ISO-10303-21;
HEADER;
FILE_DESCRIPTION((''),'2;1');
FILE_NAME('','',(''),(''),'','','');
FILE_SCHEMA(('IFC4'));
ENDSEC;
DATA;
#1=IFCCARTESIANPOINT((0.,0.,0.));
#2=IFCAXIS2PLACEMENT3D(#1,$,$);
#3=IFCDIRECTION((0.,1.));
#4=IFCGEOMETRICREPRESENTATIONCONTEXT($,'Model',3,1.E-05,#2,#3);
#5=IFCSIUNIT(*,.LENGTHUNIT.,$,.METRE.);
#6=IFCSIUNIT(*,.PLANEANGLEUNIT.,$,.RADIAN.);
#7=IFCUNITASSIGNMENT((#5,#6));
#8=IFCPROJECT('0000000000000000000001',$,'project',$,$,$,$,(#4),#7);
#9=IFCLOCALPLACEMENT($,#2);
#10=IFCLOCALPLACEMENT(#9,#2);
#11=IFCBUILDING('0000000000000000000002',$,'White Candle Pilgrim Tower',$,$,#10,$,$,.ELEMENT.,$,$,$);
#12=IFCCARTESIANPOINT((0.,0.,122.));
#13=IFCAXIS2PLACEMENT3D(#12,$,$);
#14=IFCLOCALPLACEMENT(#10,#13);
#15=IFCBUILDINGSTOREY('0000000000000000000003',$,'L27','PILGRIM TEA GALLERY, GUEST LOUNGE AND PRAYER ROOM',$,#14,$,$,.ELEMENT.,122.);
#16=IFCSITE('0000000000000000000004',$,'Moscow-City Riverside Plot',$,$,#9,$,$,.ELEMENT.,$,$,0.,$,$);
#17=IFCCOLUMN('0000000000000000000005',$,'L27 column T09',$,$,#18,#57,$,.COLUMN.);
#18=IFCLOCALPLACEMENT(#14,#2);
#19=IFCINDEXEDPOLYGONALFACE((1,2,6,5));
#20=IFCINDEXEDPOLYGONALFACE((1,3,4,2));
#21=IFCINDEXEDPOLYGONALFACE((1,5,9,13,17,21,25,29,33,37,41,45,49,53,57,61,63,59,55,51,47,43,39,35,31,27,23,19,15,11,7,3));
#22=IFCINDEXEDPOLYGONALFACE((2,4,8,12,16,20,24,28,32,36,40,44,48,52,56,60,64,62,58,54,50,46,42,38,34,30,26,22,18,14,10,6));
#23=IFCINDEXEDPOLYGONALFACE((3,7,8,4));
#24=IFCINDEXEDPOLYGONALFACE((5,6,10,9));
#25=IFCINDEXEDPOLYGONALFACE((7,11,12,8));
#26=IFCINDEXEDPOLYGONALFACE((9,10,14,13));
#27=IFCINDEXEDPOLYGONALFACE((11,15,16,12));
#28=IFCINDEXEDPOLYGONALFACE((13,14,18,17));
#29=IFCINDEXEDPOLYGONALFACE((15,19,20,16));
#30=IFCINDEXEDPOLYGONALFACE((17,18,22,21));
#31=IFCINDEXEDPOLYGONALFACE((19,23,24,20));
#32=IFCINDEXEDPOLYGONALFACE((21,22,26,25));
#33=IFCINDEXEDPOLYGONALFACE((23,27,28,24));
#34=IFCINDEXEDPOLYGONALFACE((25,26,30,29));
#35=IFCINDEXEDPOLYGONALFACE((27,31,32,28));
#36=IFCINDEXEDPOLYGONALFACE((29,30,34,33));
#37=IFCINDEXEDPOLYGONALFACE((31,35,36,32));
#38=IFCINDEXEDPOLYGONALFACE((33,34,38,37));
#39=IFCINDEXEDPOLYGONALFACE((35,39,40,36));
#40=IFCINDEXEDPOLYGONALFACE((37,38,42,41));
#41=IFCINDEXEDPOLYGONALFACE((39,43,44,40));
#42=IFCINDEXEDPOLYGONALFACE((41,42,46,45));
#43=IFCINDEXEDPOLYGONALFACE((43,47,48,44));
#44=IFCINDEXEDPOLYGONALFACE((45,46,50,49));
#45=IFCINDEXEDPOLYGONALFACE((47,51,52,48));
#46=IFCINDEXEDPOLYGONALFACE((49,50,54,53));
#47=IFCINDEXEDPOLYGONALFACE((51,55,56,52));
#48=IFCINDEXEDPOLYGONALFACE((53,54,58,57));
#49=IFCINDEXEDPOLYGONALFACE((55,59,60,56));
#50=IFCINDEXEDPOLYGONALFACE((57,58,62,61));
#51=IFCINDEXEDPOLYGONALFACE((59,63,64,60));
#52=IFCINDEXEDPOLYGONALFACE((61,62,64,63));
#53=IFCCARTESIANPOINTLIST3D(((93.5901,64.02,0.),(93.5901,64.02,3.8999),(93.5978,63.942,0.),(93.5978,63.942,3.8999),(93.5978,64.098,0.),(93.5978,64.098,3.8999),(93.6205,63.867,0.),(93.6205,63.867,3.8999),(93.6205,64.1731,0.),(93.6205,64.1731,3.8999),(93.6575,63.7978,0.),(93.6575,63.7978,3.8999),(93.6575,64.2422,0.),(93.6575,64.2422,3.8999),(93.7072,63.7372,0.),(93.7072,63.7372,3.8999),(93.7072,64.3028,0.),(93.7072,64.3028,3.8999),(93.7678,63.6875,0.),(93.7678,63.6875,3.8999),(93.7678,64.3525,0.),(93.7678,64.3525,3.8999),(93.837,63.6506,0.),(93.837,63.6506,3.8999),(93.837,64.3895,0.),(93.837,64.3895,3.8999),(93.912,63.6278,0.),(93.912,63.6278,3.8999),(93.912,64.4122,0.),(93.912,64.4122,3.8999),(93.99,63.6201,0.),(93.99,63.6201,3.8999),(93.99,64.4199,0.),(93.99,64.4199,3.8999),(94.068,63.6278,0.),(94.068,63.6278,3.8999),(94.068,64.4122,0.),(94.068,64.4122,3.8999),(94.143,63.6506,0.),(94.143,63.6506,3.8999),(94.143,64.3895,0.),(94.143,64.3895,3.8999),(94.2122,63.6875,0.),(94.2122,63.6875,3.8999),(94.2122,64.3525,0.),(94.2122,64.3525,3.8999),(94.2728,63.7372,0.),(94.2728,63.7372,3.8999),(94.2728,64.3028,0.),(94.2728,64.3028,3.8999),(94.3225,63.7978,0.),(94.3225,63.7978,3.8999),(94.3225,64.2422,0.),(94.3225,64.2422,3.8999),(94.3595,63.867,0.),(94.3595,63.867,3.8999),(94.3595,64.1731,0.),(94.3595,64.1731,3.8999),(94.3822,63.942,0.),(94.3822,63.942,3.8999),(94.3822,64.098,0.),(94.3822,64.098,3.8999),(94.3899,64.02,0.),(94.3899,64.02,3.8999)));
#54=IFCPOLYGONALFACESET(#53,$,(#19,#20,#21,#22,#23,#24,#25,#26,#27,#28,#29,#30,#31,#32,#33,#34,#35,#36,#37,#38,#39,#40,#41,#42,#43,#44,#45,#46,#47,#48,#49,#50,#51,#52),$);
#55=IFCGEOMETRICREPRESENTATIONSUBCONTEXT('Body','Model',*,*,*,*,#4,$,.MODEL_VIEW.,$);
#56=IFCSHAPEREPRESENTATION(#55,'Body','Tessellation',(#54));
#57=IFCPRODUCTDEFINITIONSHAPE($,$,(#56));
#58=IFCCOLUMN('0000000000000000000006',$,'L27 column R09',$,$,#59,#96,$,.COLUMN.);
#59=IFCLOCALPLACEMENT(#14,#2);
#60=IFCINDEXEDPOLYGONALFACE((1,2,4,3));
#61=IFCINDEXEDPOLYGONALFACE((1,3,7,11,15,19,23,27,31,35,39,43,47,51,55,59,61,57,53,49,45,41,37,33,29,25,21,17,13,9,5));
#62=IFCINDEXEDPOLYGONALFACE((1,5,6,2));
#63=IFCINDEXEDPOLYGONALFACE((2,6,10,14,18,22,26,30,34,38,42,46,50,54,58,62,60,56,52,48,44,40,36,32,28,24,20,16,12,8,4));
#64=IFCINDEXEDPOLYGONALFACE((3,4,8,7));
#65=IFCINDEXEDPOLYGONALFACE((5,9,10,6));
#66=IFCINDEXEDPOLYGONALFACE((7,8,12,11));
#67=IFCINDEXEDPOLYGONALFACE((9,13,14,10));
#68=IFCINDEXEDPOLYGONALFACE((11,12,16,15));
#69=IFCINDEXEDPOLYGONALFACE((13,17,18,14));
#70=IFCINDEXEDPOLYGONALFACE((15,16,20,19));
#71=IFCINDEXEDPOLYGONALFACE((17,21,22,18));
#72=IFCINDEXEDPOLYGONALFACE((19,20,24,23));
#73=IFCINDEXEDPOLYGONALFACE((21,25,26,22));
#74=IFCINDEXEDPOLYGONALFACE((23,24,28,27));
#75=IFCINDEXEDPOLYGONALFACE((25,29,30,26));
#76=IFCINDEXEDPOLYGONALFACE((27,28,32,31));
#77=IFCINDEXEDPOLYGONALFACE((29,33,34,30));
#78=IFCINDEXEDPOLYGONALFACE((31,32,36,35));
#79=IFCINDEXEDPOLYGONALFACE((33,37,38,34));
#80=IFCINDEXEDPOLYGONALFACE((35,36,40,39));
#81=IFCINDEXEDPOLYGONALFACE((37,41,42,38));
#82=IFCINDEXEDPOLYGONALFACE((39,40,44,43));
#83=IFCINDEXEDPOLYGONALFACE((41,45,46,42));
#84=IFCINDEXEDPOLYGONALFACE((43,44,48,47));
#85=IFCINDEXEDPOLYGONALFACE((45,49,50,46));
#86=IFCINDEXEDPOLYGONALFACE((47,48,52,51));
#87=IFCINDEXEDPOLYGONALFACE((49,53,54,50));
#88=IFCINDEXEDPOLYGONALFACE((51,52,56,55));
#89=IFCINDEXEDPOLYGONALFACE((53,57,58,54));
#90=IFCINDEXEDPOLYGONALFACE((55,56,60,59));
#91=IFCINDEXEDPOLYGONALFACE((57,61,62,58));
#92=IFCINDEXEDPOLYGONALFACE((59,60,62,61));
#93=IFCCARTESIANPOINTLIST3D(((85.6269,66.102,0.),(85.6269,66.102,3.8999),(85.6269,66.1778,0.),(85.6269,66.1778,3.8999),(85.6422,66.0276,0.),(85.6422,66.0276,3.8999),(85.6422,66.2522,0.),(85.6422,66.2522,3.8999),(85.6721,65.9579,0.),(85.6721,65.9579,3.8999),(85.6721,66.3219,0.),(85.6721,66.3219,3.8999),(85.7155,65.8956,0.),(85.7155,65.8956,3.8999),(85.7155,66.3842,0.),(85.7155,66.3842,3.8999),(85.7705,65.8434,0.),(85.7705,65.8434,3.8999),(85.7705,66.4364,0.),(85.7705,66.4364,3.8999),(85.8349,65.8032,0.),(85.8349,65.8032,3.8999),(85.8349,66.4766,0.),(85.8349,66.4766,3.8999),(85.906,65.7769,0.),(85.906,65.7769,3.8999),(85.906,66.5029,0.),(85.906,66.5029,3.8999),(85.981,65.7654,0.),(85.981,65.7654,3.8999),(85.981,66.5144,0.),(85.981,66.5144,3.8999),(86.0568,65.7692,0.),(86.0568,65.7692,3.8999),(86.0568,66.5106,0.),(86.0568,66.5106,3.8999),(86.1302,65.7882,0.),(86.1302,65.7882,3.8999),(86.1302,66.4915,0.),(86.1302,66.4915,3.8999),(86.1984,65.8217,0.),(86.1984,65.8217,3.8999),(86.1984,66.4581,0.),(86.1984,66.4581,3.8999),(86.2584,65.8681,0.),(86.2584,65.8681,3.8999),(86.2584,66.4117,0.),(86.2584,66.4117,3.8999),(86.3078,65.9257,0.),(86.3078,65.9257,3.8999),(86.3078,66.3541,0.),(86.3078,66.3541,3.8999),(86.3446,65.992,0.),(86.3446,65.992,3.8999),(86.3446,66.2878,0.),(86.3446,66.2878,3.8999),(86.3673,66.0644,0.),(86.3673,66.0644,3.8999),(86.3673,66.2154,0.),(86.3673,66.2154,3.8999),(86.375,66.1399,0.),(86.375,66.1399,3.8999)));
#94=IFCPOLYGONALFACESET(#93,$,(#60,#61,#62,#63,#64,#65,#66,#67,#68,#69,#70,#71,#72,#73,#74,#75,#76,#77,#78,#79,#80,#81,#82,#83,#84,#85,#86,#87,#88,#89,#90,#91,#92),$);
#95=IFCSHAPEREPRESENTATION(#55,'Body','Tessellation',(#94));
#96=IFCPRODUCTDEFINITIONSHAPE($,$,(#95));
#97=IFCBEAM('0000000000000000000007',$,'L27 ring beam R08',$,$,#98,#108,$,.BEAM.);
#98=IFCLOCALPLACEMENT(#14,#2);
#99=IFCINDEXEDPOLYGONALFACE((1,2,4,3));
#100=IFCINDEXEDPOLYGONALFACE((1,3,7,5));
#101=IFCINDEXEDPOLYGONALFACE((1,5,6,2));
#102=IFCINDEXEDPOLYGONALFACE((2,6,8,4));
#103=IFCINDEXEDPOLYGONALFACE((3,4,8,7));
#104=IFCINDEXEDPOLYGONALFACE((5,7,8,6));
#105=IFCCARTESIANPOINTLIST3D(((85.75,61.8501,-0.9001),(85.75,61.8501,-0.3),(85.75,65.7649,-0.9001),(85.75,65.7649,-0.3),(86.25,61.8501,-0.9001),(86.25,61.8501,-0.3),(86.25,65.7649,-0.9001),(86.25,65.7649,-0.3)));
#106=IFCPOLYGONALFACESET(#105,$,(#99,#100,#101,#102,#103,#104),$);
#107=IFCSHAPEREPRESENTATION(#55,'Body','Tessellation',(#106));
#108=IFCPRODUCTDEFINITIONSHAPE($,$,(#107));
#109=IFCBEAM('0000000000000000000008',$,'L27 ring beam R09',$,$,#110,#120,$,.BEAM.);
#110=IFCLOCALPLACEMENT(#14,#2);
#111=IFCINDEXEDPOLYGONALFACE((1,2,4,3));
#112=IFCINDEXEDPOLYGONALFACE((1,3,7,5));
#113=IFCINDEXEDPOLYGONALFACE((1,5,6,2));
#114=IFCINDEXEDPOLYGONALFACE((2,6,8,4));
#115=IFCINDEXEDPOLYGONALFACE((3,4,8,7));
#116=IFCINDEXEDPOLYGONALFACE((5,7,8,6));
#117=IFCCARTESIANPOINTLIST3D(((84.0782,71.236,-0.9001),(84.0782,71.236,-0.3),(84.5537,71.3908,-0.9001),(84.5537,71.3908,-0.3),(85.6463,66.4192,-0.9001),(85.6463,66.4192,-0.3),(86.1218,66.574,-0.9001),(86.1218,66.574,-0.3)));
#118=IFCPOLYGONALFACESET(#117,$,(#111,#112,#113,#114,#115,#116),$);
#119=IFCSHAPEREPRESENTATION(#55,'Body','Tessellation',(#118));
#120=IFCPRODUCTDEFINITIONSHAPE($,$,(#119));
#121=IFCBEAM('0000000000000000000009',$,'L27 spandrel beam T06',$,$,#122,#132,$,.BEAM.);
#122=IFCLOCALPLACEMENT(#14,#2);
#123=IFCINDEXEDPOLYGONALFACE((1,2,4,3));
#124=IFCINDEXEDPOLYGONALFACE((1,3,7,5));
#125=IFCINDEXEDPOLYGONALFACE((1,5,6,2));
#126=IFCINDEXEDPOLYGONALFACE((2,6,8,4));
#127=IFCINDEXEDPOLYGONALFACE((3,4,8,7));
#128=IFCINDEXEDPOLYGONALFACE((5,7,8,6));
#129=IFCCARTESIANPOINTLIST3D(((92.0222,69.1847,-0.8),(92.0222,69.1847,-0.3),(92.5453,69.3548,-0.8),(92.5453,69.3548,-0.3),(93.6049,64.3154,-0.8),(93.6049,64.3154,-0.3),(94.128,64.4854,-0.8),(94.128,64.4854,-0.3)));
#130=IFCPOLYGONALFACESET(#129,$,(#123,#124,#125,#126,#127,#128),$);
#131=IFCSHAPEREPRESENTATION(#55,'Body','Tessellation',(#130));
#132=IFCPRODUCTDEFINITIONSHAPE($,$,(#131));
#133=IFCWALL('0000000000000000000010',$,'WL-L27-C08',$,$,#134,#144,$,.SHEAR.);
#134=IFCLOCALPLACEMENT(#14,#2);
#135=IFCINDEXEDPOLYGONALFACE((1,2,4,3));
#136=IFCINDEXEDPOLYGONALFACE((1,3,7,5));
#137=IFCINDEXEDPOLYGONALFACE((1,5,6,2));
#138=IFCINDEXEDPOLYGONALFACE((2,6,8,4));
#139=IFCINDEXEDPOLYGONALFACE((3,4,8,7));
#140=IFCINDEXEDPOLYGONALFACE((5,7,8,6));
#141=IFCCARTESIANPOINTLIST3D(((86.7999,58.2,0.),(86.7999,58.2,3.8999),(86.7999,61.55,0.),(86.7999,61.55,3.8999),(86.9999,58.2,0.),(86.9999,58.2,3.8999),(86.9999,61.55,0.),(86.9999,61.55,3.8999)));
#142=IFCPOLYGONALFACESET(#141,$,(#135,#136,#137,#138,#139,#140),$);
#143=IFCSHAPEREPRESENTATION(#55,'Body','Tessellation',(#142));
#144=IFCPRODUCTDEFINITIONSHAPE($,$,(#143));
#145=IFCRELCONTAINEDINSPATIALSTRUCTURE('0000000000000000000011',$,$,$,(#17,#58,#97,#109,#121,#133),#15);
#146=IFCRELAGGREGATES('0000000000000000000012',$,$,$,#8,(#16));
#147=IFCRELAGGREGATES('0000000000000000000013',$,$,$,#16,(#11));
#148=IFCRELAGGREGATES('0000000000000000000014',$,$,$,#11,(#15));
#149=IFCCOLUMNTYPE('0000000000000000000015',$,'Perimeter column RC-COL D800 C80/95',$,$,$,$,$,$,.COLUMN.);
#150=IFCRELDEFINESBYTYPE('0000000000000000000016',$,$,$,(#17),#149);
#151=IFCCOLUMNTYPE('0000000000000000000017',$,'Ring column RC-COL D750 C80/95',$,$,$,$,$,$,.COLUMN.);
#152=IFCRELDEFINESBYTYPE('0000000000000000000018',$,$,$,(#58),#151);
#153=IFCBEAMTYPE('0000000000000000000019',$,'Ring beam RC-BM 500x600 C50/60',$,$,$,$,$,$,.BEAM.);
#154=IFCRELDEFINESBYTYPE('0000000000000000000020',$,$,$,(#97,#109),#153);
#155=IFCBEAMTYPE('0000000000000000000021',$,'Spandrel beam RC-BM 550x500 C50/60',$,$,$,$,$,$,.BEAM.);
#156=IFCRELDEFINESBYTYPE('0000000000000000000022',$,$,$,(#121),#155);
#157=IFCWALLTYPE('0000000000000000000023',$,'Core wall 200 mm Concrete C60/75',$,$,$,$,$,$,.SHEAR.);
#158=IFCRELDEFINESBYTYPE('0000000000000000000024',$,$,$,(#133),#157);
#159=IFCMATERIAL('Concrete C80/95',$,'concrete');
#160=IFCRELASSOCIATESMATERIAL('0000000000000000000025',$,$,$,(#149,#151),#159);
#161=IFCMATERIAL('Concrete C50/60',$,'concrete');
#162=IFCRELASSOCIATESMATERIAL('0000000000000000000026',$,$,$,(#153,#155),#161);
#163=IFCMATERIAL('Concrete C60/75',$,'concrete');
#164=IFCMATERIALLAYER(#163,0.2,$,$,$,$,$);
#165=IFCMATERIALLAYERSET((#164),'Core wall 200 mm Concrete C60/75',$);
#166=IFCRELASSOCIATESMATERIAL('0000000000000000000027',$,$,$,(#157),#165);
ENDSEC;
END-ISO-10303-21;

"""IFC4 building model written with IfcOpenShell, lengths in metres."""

from ifc_helpers import new_model, si_unit, direction, frame, frame_2d, origin, origin_2d, place, context, subcontext, project, spatial, rectangle, circle, extrude, material, layer, layer_set, material_profile, profile_set, type_object, element, save


model = new_model("IFC4")

# Units and contexts
model_context = context("Model", 3, precision=1e-05, world=origin(), true_north=direction((0.0, 1.0)))
body_context = subcontext(model_context, "Body", "Model", "MODEL_VIEW")
ifc_project = project(units=[si_unit("LENGTHUNIT", "METRE"), si_unit("PLANEANGLEUNIT", "RADIAN")], contexts=[model_context])

# Site, building, storey
site_placement = place(None, origin())
site = spatial("IfcSite", under=ifc_project, at=site_placement, Name="Moscow-City Riverside Plot", CompositionType="ELEMENT", RefElevation=0.0)
building_placement = place(site_placement, origin())
building = spatial("IfcBuilding", under=site, at=building_placement, Name="White Candle Pilgrim Tower", CompositionType="ELEMENT")
storey_placement = place(building_placement, frame((0.0, 0.0, 122.0)))
storey = spatial("IfcBuildingStorey", under=building, at=storey_placement, Name="L27", Description="PILGRIM TEA GALLERY, GUEST LOUNGE AND PRAYER ROOM", CompositionType="ELEMENT", Elevation=122.0)

# Columns
ifc_material_1 = material(Name="Concrete C80/95", Category="concrete")
ifc_material_profile_1 = material_profile(ifc_material_1, circle(Radius=0.3999, at=origin_2d()), Name="RC-COL D800")
ifc_profile_set_1 = profile_set([ifc_material_profile_1], Name="Concrete C80/95")
column_type_1 = type_object("IfcColumnType", Name="Perimeter column RC-COL D800 C80/95", PredefinedType="COLUMN", material=ifc_profile_set_1)
column_1_placement = place(storey_placement, frame((93.99, 64.02, 0.0), z_axis=(0.0, 0.0, 1.0), x_axis=(1.0, 0.0, 0.0)))
element("IfcColumn", 1, at=column_1_placement, inside=storey, type_object=column_type_1, Name="L27 column T09", PredefinedType="COLUMN", context=body_context, shape_type="SweptSolid", body=[
    extrude(circle(Radius=0.3999, at=origin_2d()), origin(), (0.0, 0.0, 1.0), 3.8999),
])
ifc_material_profile_2 = material_profile(ifc_material_1, circle(Radius=0.375, at=origin_2d()), Name="RC-COL D750")
ifc_profile_set_2 = profile_set([ifc_material_profile_2], Name="Concrete C80/95")
column_type_2 = type_object("IfcColumnType", Name="Ring column RC-COL D750 C80/95", PredefinedType="COLUMN", material=ifc_profile_set_2)
column_2_placement = place(storey_placement, frame((86.0, 66.1399, 0.0), z_axis=(0.0, 0.0, 1.0), x_axis=(1.0, 0.0, 0.0)))
element("IfcColumn", 2, at=column_2_placement, inside=storey, type_object=column_type_2, Name="L27 column R09", PredefinedType="COLUMN", context=body_context, shape_type="SweptSolid", body=[
    extrude(circle(Radius=0.375, at=origin_2d()), origin(), (0.0, 0.0, 1.0), 3.8999),
])

# Beams
ifc_material_2 = material(Name="Concrete C50/60", Category="concrete")
ifc_material_profile_3 = material_profile(ifc_material_2, rectangle(XDim=0.5, YDim=0.6001, at=origin_2d()), Name="RC-BM 500x600")
ifc_profile_set_3 = profile_set([ifc_material_profile_3], Name="Concrete C50/60")
beam_type_1 = type_object("IfcBeamType", Name="Ring beam RC-BM 500x600 C50/60", PredefinedType="BEAM", material=ifc_profile_set_3)
beam_1_placement = place(storey_placement, frame((86.0, 65.7649, -0.6001), z_axis=(0.0, -1.0, 0.0), x_axis=(1.0, 0.0, 0.0)))
element("IfcBeam", 3, at=beam_1_placement, inside=storey, type_object=beam_type_1, Name="L27 ring beam R08", PredefinedType="BEAM", context=body_context, shape_type="SweptSolid", body=[
    extrude(rectangle(XDim=0.5, YDim=0.6001, at=origin_2d()), origin(), (0.0, 0.0, 1.0), 3.9148),
])
beam_2_placement = place(storey_placement, frame((85.884, 66.4966, -0.6001), z_axis=(-0.309555, 0.950882, 0.0), x_axis=(-0.950882, -0.309555, 0.0)))
element("IfcBeam", 4, at=beam_2_placement, inside=storey, type_object=beam_type_1, Name="L27 ring beam R09", PredefinedType="BEAM", context=body_context, shape_type="SweptSolid", body=[
    extrude(rectangle(XDim=0.5, YDim=0.6001, at=origin_2d()), origin(), (0.0, 0.0, 1.0), 5.0657),
])
ifc_material_profile_4 = material_profile(ifc_material_2, rectangle(XDim=0.55, YDim=0.5, at=origin_2d()), Name="RC-BM 550x500")
ifc_profile_set_4 = profile_set([ifc_material_profile_4], Name="Concrete C50/60")
beam_type_2 = type_object("IfcBeamType", Name="Spandrel beam RC-BM 550x500 C50/60", PredefinedType="BEAM", material=ifc_profile_set_4)
beam_3_placement = place(storey_placement, frame((93.8665, 64.4004, -0.55), z_axis=(-0.309124, 0.951022, 0.0), x_axis=(-0.951022, -0.309124, 0.0)))
element("IfcBeam", 5, at=beam_3_placement, inside=storey, type_object=beam_type_2, Name="L27 spandrel beam T06", PredefinedType="BEAM", context=body_context, shape_type="SweptSolid", body=[
    extrude(rectangle(XDim=0.55, YDim=0.5, at=origin_2d()), origin(), (0.0, 0.0, 1.0), 5.1201),
])

# Wall
ifc_material_3 = material(Name="Concrete C60/75", Category="concrete")
ifc_layer_1 = layer(ifc_material_3, 0.2)
ifc_layer_set_1 = layer_set([ifc_layer_1], Name="Core wall 200 mm Concrete C60/75")
wall_type_1 = type_object("IfcWallType", Name="Core wall 200 mm Concrete C60/75", PredefinedType="SHEAR", material=ifc_layer_set_1)
wall_1_placement = place(storey_placement, frame((86.8999, 58.2, 0.0), z_axis=(0.0, 0.0, 1.0), x_axis=(0.0, 1.0, 0.0)))
element("IfcWall", 6, at=wall_1_placement, inside=storey, type_object=wall_type_1, Name="WL-L27-C08", PredefinedType="SHEAR", context=body_context, shape_type="SweptSolid", body=[
    extrude(rectangle(XDim=3.3501, YDim=0.2, at=frame_2d((1.675, 0.0))), origin(), (0.0, 0.0, 1.0), 3.8999),
])

save(model, "model.ifc")
